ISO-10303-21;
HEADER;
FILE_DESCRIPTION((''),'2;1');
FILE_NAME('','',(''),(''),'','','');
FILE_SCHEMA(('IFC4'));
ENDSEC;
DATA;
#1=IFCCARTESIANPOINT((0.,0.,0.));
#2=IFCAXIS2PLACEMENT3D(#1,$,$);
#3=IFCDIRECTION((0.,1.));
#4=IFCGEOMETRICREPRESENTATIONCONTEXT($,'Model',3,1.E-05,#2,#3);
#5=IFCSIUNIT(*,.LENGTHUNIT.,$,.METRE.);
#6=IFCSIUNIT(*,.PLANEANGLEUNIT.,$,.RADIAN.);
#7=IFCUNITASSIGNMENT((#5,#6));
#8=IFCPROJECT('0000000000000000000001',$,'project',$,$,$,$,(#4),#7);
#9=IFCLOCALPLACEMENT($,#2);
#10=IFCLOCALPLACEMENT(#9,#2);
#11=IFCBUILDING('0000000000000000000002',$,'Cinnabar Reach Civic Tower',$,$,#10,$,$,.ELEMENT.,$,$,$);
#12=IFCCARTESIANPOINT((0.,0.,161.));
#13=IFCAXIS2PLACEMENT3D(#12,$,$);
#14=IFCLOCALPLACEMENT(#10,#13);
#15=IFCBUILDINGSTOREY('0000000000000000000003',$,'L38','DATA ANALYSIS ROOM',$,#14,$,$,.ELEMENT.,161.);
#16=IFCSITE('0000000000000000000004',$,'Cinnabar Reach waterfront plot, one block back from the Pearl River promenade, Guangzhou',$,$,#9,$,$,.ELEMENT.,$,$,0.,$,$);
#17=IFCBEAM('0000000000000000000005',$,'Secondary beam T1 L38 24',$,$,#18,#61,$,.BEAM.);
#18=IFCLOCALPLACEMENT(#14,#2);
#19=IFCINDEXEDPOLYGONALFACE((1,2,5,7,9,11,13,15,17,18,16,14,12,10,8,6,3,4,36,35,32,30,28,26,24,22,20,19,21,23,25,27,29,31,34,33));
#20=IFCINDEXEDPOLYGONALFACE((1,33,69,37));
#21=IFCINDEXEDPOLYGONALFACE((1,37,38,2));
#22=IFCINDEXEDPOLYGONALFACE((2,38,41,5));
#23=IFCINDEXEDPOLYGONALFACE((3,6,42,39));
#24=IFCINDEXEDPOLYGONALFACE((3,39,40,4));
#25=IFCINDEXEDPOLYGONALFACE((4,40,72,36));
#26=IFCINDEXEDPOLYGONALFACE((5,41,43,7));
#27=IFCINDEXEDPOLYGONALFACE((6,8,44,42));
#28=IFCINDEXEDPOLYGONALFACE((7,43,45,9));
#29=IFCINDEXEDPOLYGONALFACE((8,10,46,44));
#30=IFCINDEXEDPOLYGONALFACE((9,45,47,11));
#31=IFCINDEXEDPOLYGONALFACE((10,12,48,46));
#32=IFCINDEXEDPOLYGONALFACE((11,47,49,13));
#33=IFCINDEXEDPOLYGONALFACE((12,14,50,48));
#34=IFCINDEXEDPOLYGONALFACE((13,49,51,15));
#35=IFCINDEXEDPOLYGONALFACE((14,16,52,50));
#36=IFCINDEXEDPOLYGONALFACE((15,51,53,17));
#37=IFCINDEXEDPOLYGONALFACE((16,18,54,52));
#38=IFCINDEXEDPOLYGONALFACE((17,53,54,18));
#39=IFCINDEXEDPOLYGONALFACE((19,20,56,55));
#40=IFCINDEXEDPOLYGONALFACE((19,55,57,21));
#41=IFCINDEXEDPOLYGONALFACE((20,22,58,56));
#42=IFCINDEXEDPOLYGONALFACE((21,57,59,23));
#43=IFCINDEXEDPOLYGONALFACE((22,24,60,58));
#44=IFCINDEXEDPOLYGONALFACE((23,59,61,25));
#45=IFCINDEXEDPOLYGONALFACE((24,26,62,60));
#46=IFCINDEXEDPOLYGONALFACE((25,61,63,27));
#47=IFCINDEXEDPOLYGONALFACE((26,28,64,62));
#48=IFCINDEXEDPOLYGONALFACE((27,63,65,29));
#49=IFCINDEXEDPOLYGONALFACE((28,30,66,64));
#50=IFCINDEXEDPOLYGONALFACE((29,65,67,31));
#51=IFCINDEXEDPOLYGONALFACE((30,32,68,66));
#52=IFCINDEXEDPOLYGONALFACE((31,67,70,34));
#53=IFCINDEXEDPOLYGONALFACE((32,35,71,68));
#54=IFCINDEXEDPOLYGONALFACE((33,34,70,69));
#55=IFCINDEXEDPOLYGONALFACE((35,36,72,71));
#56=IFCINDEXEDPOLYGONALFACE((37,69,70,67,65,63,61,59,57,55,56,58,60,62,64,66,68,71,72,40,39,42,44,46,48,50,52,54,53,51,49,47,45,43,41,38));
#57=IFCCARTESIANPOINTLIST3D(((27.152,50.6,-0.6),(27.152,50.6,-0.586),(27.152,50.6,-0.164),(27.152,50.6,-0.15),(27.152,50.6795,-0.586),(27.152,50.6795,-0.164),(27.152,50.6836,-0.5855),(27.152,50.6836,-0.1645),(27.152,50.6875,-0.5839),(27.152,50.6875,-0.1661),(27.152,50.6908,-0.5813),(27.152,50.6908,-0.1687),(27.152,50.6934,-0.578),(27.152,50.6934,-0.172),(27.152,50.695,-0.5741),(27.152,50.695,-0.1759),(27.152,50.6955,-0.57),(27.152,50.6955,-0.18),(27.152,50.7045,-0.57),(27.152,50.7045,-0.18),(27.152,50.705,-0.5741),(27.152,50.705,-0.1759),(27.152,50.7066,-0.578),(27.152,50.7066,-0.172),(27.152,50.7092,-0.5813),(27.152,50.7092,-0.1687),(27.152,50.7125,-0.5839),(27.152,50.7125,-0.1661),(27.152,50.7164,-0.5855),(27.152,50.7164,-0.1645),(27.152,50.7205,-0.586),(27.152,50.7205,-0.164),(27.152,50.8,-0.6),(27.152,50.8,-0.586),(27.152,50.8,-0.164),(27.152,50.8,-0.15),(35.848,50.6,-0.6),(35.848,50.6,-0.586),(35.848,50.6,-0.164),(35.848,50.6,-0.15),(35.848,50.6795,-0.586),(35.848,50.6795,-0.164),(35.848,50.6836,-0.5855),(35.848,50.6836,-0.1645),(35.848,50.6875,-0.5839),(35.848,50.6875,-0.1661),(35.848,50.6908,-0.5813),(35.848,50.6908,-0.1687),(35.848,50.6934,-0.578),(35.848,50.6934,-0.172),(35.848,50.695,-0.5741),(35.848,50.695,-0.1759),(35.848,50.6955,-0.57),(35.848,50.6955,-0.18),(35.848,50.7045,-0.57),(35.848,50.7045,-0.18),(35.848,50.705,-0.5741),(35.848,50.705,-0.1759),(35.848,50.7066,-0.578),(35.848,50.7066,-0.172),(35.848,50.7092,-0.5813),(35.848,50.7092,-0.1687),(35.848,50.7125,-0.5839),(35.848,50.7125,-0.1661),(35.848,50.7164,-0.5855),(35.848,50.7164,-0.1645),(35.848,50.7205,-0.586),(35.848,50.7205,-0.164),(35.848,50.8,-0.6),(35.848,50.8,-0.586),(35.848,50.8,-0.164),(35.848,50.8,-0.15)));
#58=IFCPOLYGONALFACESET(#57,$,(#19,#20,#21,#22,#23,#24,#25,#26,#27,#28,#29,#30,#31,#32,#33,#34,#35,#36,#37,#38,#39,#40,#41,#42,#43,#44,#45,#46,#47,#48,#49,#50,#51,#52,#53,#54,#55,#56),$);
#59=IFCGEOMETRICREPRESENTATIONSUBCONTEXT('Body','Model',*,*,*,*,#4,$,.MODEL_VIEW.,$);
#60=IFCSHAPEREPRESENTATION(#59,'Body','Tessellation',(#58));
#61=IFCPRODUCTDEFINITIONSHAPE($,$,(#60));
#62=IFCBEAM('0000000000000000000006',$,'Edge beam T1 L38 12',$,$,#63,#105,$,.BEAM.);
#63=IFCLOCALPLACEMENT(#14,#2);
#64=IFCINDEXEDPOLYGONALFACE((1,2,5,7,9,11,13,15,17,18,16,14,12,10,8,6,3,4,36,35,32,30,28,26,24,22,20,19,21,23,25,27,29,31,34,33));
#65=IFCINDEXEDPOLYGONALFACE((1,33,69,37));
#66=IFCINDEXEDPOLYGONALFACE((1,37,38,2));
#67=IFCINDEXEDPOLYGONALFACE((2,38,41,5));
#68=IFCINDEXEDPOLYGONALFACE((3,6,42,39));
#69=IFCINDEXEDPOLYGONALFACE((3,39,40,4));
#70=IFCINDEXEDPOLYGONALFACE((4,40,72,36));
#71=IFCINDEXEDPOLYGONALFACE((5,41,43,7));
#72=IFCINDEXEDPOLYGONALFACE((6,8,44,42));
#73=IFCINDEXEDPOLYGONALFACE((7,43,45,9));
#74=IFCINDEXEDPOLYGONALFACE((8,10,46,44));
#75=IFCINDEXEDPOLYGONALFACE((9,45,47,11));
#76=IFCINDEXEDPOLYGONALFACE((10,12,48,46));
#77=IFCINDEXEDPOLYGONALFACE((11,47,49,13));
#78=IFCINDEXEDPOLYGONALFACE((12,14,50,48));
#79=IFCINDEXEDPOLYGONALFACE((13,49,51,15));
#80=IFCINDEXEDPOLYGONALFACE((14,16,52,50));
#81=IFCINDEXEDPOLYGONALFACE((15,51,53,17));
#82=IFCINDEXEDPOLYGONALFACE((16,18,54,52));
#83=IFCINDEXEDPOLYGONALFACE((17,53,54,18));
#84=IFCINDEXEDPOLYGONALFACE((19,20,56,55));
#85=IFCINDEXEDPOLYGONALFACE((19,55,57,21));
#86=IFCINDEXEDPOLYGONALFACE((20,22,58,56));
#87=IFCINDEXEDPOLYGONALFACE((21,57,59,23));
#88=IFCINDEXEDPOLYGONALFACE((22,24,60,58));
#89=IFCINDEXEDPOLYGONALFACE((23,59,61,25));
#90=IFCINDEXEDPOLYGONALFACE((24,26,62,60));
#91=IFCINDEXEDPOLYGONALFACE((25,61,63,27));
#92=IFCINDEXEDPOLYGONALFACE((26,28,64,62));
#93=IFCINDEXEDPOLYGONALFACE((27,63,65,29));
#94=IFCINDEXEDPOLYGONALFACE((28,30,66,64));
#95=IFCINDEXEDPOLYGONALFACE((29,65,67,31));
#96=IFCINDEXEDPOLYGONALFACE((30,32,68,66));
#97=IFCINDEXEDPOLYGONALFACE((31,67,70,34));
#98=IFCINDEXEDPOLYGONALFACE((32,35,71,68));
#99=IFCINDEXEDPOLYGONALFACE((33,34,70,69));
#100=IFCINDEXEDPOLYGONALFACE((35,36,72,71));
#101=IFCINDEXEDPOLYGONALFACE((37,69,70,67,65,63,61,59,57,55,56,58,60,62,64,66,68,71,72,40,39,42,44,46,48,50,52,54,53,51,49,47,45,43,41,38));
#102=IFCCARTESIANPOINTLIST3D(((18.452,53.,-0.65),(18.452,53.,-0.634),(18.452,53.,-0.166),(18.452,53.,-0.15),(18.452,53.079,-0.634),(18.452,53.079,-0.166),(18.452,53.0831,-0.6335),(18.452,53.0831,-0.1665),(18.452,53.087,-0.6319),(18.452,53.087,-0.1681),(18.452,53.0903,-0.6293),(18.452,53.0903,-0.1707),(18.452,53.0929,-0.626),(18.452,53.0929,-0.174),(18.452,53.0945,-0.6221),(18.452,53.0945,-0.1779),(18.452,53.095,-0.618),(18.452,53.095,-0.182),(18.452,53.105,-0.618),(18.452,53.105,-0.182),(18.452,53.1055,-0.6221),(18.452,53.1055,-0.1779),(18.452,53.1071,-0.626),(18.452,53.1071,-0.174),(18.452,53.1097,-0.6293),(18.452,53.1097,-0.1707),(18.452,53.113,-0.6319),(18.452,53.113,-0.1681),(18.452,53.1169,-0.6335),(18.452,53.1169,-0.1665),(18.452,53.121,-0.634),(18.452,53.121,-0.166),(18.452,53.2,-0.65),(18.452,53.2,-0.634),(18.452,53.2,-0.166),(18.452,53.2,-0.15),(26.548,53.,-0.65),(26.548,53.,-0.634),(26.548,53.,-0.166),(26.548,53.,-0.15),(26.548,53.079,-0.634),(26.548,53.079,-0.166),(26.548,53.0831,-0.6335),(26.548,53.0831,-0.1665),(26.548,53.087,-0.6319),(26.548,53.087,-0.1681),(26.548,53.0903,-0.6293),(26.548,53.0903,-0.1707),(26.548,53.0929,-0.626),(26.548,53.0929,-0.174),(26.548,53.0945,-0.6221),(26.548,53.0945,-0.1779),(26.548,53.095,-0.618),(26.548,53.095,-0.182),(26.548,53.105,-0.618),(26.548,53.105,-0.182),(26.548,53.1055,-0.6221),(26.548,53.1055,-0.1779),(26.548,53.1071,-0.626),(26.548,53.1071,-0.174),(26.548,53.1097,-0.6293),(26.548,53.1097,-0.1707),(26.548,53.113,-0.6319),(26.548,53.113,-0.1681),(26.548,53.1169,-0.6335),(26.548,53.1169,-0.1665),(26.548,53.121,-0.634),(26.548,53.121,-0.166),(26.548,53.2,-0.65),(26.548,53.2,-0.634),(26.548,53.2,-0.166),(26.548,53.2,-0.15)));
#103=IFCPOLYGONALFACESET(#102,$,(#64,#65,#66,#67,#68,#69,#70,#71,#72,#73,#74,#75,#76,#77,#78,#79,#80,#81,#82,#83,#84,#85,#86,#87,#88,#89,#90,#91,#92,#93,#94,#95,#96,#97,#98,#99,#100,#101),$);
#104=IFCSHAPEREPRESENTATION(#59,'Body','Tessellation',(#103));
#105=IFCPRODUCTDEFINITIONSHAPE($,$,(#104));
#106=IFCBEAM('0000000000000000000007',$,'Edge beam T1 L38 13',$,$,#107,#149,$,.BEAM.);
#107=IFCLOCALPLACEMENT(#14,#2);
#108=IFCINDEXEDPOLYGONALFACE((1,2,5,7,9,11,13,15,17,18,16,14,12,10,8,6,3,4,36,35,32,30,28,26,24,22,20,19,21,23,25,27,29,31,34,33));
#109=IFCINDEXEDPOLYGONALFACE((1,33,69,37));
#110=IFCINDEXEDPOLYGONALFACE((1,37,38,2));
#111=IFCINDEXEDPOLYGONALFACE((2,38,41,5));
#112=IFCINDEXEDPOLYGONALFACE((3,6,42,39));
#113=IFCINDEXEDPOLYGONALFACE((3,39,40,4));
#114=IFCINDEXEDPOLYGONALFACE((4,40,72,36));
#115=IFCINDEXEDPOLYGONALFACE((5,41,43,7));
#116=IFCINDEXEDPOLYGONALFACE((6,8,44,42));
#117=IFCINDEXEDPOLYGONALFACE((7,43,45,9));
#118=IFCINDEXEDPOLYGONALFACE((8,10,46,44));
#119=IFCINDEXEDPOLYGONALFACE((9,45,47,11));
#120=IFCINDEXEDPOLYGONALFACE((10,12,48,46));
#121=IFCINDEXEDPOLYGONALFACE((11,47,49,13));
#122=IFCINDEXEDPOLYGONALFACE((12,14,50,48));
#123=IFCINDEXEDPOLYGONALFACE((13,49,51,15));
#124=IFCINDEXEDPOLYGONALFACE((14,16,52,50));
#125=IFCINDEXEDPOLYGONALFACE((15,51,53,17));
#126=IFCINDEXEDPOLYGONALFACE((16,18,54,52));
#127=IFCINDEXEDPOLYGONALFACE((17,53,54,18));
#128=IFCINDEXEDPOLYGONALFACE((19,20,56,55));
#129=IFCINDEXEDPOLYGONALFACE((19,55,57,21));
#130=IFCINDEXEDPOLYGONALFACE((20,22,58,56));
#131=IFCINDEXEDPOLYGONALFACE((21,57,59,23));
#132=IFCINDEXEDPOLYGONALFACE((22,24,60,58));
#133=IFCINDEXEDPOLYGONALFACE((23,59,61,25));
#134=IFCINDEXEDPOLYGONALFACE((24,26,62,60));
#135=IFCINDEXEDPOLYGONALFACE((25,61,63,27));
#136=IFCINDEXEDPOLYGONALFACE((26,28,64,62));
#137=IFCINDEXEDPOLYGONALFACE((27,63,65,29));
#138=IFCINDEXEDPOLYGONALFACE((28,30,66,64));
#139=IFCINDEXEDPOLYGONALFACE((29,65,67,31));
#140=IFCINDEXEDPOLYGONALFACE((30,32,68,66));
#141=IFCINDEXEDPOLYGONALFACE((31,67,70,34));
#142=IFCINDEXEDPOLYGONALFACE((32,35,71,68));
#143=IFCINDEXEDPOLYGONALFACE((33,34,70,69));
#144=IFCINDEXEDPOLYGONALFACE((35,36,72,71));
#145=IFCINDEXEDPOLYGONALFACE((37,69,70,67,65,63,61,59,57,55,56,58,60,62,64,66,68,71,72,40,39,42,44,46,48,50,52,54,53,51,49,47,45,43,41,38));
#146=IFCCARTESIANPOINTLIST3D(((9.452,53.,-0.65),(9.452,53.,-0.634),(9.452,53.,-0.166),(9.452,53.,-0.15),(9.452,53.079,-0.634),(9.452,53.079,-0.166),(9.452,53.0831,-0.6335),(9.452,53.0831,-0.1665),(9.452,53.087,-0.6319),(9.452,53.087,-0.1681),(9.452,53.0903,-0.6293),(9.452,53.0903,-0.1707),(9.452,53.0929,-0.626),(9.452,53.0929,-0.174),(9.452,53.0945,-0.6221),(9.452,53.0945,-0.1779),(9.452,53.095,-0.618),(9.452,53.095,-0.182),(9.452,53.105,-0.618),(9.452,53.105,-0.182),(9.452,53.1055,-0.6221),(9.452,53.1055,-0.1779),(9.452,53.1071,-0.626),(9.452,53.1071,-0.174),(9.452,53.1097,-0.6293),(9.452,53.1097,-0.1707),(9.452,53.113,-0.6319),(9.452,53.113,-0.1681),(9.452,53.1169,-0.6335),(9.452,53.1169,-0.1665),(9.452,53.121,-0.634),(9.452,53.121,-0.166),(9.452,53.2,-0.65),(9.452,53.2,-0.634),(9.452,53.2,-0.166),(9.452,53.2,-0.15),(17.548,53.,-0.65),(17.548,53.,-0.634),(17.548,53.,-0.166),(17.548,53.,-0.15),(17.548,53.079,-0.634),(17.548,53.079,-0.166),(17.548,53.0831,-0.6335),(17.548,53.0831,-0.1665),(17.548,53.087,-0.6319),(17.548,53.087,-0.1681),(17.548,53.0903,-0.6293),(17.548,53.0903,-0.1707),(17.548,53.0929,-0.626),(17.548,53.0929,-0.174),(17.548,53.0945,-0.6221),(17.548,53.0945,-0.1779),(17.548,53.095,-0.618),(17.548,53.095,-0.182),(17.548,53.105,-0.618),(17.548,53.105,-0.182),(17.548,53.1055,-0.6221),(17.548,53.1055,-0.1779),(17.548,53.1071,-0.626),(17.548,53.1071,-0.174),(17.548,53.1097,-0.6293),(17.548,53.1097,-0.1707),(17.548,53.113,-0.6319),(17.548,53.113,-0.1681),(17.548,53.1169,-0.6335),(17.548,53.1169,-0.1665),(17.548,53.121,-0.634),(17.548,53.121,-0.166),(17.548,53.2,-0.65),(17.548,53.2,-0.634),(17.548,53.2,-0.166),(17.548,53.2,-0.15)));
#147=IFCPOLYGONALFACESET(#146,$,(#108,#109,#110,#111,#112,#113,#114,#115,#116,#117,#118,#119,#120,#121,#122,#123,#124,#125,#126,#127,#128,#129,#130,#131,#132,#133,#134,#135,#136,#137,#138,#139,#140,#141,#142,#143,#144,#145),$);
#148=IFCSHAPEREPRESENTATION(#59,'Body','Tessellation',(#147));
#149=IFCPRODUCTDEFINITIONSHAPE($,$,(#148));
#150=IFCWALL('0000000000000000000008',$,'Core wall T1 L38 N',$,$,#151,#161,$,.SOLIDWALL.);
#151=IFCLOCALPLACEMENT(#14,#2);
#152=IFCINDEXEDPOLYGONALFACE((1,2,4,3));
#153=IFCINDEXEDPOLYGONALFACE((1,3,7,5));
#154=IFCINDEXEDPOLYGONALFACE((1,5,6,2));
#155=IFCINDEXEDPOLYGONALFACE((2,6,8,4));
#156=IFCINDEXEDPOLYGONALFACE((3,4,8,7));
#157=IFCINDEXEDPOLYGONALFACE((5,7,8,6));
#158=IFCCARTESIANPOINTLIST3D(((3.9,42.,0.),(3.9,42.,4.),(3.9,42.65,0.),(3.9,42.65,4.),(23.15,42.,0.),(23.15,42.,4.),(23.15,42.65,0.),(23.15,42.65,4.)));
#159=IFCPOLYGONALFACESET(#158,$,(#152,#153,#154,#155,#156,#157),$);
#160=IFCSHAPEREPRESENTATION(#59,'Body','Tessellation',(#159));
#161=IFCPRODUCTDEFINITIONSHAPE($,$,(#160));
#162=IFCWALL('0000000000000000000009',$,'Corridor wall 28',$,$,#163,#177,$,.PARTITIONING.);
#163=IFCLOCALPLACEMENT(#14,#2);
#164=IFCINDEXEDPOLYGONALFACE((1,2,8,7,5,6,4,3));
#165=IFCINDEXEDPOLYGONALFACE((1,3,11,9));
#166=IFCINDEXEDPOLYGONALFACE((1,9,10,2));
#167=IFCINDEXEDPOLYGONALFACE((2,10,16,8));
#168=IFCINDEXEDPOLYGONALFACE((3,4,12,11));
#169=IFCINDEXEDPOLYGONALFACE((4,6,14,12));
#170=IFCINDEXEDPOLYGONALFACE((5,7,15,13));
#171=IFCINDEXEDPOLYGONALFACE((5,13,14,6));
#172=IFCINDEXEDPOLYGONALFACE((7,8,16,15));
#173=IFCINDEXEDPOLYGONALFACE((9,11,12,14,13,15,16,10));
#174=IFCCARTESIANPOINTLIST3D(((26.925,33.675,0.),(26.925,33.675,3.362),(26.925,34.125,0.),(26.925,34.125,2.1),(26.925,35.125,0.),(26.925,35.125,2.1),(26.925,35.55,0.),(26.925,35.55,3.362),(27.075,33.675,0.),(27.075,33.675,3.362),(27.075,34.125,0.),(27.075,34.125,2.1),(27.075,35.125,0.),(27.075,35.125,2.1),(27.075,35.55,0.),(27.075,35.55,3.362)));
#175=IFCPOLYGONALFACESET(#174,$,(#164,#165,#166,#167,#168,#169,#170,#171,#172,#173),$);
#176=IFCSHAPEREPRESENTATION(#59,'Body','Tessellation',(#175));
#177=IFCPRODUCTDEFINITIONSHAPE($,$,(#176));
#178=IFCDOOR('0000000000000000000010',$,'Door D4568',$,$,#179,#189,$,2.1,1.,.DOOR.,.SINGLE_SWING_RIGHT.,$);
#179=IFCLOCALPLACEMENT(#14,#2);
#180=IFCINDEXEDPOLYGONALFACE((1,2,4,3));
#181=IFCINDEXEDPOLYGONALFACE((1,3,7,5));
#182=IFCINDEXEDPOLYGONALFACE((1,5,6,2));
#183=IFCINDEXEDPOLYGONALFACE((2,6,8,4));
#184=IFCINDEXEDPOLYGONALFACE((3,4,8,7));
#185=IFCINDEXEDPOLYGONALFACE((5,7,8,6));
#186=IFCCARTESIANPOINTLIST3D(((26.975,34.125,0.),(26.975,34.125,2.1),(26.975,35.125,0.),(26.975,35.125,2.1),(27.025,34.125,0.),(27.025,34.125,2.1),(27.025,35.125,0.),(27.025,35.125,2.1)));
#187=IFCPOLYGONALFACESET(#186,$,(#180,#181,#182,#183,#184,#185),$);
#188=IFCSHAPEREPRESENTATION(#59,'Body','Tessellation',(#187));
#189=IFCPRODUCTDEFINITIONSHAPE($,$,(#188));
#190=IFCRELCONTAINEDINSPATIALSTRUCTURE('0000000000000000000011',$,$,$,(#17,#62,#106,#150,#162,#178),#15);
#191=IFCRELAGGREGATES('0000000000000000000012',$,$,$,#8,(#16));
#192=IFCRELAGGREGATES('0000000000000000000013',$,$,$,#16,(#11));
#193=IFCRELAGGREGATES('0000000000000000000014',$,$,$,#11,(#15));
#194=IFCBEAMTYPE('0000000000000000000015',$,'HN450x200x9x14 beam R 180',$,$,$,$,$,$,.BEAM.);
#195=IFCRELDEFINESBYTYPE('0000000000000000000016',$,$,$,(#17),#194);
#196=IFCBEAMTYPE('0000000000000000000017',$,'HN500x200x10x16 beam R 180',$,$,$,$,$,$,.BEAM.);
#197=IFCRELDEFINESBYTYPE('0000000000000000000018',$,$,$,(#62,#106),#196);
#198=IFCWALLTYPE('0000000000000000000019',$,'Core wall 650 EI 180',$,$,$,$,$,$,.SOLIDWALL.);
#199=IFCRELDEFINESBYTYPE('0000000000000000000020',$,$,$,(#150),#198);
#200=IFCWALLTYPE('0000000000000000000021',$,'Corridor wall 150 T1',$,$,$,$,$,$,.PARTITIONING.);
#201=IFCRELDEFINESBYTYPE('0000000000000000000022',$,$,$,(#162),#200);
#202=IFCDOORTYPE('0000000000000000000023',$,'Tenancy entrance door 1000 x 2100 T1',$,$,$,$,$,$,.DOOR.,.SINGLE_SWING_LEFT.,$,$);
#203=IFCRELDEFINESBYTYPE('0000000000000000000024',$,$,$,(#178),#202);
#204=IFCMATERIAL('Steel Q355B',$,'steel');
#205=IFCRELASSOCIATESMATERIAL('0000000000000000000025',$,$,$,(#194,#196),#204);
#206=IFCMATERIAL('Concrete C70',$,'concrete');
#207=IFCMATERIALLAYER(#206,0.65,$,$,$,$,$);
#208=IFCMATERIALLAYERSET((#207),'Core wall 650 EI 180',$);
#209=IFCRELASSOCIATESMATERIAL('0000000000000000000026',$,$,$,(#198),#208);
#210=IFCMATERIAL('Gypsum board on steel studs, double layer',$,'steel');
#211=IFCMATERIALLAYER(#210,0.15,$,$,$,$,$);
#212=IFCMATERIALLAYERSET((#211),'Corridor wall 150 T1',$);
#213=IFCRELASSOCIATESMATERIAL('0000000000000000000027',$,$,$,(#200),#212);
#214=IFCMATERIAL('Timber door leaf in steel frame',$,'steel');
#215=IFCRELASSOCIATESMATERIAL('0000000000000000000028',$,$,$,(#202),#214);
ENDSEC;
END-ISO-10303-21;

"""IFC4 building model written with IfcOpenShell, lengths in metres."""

from ifc_helpers import new_model, si_unit, direction, frame, frame_2d, origin, origin_2d, place, context, subcontext, project, spatial, rectangle, i_section, extrude, material, layer, layer_set, material_profile, profile_set, type_object, element, fill, save


model = new_model("IFC4")

# Units and contexts
model_context = context("Model", 3, precision=1e-05, world=origin(), true_north=direction((0.0, 1.0)))
body_context = subcontext(model_context, "Body", "Model", "MODEL_VIEW")
ifc_project = project(units=[si_unit("LENGTHUNIT", "METRE"), si_unit("PLANEANGLEUNIT", "RADIAN")], contexts=[model_context])

# Site, building, storey
site_placement = place(None, origin())
site = spatial("IfcSite", under=ifc_project, at=site_placement, Name="Cinnabar Reach waterfront plot, one block back from the Pearl River promenade, Guangzhou", CompositionType="ELEMENT", RefElevation=0.0)
building_placement = place(site_placement, origin())
building = spatial("IfcBuilding", under=site, at=building_placement, Name="Cinnabar Reach Civic Tower", CompositionType="ELEMENT")
storey_placement = place(building_placement, frame((0.0, 0.0, 161.0)))
storey = spatial("IfcBuildingStorey", under=building, at=storey_placement, Name="L38", Description="DATA ANALYSIS ROOM", CompositionType="ELEMENT", Elevation=161.0)

# Shared definitions
ifc_material_1 = material(Name="Concrete C70", Category="concrete")

# Beams
ifc_material_2 = material(Name="Steel Q355B", Category="steel")
ifc_material_profile_1 = material_profile(ifc_material_2, i_section(OverallWidth=0.2, OverallDepth=0.45, WebThickness=0.009, FlangeThickness=0.014, FilletRadius=0.016, at=origin_2d()), Name="HN450x200x9x14")
ifc_profile_set_1 = profile_set([ifc_material_profile_1], Name="Steel Q355B")
beam_type_1 = type_object("IfcBeamType", Name="HN450x200x9x14 beam R 180", PredefinedType="BEAM", material=ifc_profile_set_1)
for number, where, z_axis, x_axis, name in (
    (1, (27.152, 50.7, -0.375), (1.0, 0.0, 0.0), (0.0, 1.0, 0.0), "Secondary beam T1 L38 24"),
):
    element("IfcBeam", number, at=place(storey_placement, frame(where, z_axis=z_axis, x_axis=x_axis)), inside=storey, type_object=beam_type_1, Name=name, PredefinedType="BEAM", context=body_context, shape_type="SweptSolid", body=[
        extrude(i_section(OverallWidth=0.2, OverallDepth=0.45, WebThickness=0.009, FlangeThickness=0.014, FilletRadius=0.016, at=origin_2d()), origin(), (0.0, 0.0, 1.0), 8.696),
    ])
ifc_material_profile_2 = material_profile(ifc_material_2, i_section(OverallWidth=0.2, OverallDepth=0.5, WebThickness=0.01, FlangeThickness=0.016, FilletRadius=0.016, at=origin_2d()), Name="HN500x200x10x16")
ifc_profile_set_2 = profile_set([ifc_material_profile_2], Name="Steel Q355B")
beam_type_2 = type_object("IfcBeamType", Name="HN500x200x10x16 beam R 180", PredefinedType="BEAM", material=ifc_profile_set_2)
for number, where, z_axis, x_axis, name in (
    (2, (26.548, 53.1, -0.4), (-1.0, 0.0, 0.0), (0.0, -1.0, 0.0), "Edge beam T1 L38 12"),
    (3, (17.548, 53.1, -0.4), (-1.0, 0.0, 0.0), (0.0, -1.0, 0.0), "Edge beam T1 L38 13"),
):
    element("IfcBeam", number, at=place(storey_placement, frame(where, z_axis=z_axis, x_axis=x_axis)), inside=storey, type_object=beam_type_2, Name=name, PredefinedType="BEAM", context=body_context, shape_type="SweptSolid", body=[
        extrude(i_section(OverallWidth=0.2, OverallDepth=0.5, WebThickness=0.01, FlangeThickness=0.016, FilletRadius=0.016, at=origin_2d()), origin(), (0.0, 0.0, 1.0), 8.096),
    ])

# Wall
ifc_layer_1 = layer(ifc_material_1, 0.65)
ifc_layer_set_1 = layer_set([ifc_layer_1], Name="Core wall 650 EI 180")
wall_type_1 = type_object("IfcWallType", Name="Core wall 650 EI 180", PredefinedType="SOLIDWALL", material=ifc_layer_set_1)
wall_1_placement = place(storey_placement, frame((23.15, 42.325, 0.0), z_axis=(0.0, 0.0, 1.0), x_axis=(-1.0, 0.0, 0.0)))
element("IfcWall", 4, at=wall_1_placement, inside=storey, type_object=wall_type_1, Name="Core wall T1 L38 N", PredefinedType="SOLIDWALL", context=body_context, shape_type="SweptSolid", body=[
    extrude(rectangle(XDim=19.25, YDim=0.65, at=frame_2d((9.625, 0.0))), origin(), (0.0, 0.0, 1.0), 4.0),
])

# Wall, opening, door
ifc_material_3 = material(Name="Gypsum board on steel studs, double layer", Category="steel")
ifc_layer_2 = layer(ifc_material_3, 0.15)
ifc_layer_set_2 = layer_set([ifc_layer_2], Name="Corridor wall 150 T1")
wall_type_2 = type_object("IfcWallType", Name="Corridor wall 150 T1", PredefinedType="PARTITIONING", material=ifc_layer_set_2)
wall_2_placement = place(storey_placement, frame((27.0, 33.675, 0.0), z_axis=(0.0, 0.0, 1.0), x_axis=(0.0, 1.0, 0.0)))
wall_2 = element("IfcWall", 5, at=wall_2_placement, inside=storey, type_object=wall_type_2, Name="Corridor wall 28", PredefinedType="PARTITIONING", context=body_context, shape_type="SweptSolid", body=[
    extrude(rectangle(XDim=1.875, YDim=0.15, at=frame_2d((0.9375, 0.0))), origin(), (0.0, 0.0, 1.0), 3.362),
])
opening_1_placement = place(wall_2_placement, frame((0.45, 0.0, 0.0)))
opening_1 = element("IfcOpeningElement", 6, at=opening_1_placement, cuts=wall_2, PredefinedType="OPENING", context=body_context, shape_type="SweptSolid", body=[
    extrude(rectangle(XDim=1.0, YDim=2.1, at=frame_2d((0.5, 1.05))), frame((0.0, 0.085, 0.0), z_axis=(0.0, -1.0, 0.0), x_axis=(1.0, 0.0, 0.0)), (0.0, 0.0, 1.0), 0.17),
])
ifc_material_4 = material(Name="Timber door leaf in steel frame", Category="steel")
door_type_1 = type_object("IfcDoorType", Name="Tenancy entrance door 1000 x 2100 T1", OperationType="SINGLE_SWING_LEFT", PredefinedType="DOOR", material=ifc_material_4)
door_1_placement = place(opening_1_placement, frame((1.0, 0.0, 0.0), z_axis=(0.0, 0.0, 1.0), x_axis=(-1.0, 0.0, 0.0)))
door_1 = element("IfcDoor", 7, at=door_1_placement, inside=storey, type_object=door_type_1, Name="Door D4568", OperationType="SINGLE_SWING_RIGHT", OverallHeight=2.1, OverallWidth=1.0, PredefinedType="DOOR", context=body_context, shape_type="SweptSolid", body=[
    extrude(rectangle(XDim=1.0, YDim=2.1, at=frame_2d((0.5, 1.05))), frame((0.0, 0.025, 0.0), z_axis=(0.0, -1.0, 0.0), x_axis=(1.0, 0.0, 0.0)), (0.0, 0.0, 1.0), 0.05),
])
fill(opening_1, door_1)

save(model, "model.ifc")
